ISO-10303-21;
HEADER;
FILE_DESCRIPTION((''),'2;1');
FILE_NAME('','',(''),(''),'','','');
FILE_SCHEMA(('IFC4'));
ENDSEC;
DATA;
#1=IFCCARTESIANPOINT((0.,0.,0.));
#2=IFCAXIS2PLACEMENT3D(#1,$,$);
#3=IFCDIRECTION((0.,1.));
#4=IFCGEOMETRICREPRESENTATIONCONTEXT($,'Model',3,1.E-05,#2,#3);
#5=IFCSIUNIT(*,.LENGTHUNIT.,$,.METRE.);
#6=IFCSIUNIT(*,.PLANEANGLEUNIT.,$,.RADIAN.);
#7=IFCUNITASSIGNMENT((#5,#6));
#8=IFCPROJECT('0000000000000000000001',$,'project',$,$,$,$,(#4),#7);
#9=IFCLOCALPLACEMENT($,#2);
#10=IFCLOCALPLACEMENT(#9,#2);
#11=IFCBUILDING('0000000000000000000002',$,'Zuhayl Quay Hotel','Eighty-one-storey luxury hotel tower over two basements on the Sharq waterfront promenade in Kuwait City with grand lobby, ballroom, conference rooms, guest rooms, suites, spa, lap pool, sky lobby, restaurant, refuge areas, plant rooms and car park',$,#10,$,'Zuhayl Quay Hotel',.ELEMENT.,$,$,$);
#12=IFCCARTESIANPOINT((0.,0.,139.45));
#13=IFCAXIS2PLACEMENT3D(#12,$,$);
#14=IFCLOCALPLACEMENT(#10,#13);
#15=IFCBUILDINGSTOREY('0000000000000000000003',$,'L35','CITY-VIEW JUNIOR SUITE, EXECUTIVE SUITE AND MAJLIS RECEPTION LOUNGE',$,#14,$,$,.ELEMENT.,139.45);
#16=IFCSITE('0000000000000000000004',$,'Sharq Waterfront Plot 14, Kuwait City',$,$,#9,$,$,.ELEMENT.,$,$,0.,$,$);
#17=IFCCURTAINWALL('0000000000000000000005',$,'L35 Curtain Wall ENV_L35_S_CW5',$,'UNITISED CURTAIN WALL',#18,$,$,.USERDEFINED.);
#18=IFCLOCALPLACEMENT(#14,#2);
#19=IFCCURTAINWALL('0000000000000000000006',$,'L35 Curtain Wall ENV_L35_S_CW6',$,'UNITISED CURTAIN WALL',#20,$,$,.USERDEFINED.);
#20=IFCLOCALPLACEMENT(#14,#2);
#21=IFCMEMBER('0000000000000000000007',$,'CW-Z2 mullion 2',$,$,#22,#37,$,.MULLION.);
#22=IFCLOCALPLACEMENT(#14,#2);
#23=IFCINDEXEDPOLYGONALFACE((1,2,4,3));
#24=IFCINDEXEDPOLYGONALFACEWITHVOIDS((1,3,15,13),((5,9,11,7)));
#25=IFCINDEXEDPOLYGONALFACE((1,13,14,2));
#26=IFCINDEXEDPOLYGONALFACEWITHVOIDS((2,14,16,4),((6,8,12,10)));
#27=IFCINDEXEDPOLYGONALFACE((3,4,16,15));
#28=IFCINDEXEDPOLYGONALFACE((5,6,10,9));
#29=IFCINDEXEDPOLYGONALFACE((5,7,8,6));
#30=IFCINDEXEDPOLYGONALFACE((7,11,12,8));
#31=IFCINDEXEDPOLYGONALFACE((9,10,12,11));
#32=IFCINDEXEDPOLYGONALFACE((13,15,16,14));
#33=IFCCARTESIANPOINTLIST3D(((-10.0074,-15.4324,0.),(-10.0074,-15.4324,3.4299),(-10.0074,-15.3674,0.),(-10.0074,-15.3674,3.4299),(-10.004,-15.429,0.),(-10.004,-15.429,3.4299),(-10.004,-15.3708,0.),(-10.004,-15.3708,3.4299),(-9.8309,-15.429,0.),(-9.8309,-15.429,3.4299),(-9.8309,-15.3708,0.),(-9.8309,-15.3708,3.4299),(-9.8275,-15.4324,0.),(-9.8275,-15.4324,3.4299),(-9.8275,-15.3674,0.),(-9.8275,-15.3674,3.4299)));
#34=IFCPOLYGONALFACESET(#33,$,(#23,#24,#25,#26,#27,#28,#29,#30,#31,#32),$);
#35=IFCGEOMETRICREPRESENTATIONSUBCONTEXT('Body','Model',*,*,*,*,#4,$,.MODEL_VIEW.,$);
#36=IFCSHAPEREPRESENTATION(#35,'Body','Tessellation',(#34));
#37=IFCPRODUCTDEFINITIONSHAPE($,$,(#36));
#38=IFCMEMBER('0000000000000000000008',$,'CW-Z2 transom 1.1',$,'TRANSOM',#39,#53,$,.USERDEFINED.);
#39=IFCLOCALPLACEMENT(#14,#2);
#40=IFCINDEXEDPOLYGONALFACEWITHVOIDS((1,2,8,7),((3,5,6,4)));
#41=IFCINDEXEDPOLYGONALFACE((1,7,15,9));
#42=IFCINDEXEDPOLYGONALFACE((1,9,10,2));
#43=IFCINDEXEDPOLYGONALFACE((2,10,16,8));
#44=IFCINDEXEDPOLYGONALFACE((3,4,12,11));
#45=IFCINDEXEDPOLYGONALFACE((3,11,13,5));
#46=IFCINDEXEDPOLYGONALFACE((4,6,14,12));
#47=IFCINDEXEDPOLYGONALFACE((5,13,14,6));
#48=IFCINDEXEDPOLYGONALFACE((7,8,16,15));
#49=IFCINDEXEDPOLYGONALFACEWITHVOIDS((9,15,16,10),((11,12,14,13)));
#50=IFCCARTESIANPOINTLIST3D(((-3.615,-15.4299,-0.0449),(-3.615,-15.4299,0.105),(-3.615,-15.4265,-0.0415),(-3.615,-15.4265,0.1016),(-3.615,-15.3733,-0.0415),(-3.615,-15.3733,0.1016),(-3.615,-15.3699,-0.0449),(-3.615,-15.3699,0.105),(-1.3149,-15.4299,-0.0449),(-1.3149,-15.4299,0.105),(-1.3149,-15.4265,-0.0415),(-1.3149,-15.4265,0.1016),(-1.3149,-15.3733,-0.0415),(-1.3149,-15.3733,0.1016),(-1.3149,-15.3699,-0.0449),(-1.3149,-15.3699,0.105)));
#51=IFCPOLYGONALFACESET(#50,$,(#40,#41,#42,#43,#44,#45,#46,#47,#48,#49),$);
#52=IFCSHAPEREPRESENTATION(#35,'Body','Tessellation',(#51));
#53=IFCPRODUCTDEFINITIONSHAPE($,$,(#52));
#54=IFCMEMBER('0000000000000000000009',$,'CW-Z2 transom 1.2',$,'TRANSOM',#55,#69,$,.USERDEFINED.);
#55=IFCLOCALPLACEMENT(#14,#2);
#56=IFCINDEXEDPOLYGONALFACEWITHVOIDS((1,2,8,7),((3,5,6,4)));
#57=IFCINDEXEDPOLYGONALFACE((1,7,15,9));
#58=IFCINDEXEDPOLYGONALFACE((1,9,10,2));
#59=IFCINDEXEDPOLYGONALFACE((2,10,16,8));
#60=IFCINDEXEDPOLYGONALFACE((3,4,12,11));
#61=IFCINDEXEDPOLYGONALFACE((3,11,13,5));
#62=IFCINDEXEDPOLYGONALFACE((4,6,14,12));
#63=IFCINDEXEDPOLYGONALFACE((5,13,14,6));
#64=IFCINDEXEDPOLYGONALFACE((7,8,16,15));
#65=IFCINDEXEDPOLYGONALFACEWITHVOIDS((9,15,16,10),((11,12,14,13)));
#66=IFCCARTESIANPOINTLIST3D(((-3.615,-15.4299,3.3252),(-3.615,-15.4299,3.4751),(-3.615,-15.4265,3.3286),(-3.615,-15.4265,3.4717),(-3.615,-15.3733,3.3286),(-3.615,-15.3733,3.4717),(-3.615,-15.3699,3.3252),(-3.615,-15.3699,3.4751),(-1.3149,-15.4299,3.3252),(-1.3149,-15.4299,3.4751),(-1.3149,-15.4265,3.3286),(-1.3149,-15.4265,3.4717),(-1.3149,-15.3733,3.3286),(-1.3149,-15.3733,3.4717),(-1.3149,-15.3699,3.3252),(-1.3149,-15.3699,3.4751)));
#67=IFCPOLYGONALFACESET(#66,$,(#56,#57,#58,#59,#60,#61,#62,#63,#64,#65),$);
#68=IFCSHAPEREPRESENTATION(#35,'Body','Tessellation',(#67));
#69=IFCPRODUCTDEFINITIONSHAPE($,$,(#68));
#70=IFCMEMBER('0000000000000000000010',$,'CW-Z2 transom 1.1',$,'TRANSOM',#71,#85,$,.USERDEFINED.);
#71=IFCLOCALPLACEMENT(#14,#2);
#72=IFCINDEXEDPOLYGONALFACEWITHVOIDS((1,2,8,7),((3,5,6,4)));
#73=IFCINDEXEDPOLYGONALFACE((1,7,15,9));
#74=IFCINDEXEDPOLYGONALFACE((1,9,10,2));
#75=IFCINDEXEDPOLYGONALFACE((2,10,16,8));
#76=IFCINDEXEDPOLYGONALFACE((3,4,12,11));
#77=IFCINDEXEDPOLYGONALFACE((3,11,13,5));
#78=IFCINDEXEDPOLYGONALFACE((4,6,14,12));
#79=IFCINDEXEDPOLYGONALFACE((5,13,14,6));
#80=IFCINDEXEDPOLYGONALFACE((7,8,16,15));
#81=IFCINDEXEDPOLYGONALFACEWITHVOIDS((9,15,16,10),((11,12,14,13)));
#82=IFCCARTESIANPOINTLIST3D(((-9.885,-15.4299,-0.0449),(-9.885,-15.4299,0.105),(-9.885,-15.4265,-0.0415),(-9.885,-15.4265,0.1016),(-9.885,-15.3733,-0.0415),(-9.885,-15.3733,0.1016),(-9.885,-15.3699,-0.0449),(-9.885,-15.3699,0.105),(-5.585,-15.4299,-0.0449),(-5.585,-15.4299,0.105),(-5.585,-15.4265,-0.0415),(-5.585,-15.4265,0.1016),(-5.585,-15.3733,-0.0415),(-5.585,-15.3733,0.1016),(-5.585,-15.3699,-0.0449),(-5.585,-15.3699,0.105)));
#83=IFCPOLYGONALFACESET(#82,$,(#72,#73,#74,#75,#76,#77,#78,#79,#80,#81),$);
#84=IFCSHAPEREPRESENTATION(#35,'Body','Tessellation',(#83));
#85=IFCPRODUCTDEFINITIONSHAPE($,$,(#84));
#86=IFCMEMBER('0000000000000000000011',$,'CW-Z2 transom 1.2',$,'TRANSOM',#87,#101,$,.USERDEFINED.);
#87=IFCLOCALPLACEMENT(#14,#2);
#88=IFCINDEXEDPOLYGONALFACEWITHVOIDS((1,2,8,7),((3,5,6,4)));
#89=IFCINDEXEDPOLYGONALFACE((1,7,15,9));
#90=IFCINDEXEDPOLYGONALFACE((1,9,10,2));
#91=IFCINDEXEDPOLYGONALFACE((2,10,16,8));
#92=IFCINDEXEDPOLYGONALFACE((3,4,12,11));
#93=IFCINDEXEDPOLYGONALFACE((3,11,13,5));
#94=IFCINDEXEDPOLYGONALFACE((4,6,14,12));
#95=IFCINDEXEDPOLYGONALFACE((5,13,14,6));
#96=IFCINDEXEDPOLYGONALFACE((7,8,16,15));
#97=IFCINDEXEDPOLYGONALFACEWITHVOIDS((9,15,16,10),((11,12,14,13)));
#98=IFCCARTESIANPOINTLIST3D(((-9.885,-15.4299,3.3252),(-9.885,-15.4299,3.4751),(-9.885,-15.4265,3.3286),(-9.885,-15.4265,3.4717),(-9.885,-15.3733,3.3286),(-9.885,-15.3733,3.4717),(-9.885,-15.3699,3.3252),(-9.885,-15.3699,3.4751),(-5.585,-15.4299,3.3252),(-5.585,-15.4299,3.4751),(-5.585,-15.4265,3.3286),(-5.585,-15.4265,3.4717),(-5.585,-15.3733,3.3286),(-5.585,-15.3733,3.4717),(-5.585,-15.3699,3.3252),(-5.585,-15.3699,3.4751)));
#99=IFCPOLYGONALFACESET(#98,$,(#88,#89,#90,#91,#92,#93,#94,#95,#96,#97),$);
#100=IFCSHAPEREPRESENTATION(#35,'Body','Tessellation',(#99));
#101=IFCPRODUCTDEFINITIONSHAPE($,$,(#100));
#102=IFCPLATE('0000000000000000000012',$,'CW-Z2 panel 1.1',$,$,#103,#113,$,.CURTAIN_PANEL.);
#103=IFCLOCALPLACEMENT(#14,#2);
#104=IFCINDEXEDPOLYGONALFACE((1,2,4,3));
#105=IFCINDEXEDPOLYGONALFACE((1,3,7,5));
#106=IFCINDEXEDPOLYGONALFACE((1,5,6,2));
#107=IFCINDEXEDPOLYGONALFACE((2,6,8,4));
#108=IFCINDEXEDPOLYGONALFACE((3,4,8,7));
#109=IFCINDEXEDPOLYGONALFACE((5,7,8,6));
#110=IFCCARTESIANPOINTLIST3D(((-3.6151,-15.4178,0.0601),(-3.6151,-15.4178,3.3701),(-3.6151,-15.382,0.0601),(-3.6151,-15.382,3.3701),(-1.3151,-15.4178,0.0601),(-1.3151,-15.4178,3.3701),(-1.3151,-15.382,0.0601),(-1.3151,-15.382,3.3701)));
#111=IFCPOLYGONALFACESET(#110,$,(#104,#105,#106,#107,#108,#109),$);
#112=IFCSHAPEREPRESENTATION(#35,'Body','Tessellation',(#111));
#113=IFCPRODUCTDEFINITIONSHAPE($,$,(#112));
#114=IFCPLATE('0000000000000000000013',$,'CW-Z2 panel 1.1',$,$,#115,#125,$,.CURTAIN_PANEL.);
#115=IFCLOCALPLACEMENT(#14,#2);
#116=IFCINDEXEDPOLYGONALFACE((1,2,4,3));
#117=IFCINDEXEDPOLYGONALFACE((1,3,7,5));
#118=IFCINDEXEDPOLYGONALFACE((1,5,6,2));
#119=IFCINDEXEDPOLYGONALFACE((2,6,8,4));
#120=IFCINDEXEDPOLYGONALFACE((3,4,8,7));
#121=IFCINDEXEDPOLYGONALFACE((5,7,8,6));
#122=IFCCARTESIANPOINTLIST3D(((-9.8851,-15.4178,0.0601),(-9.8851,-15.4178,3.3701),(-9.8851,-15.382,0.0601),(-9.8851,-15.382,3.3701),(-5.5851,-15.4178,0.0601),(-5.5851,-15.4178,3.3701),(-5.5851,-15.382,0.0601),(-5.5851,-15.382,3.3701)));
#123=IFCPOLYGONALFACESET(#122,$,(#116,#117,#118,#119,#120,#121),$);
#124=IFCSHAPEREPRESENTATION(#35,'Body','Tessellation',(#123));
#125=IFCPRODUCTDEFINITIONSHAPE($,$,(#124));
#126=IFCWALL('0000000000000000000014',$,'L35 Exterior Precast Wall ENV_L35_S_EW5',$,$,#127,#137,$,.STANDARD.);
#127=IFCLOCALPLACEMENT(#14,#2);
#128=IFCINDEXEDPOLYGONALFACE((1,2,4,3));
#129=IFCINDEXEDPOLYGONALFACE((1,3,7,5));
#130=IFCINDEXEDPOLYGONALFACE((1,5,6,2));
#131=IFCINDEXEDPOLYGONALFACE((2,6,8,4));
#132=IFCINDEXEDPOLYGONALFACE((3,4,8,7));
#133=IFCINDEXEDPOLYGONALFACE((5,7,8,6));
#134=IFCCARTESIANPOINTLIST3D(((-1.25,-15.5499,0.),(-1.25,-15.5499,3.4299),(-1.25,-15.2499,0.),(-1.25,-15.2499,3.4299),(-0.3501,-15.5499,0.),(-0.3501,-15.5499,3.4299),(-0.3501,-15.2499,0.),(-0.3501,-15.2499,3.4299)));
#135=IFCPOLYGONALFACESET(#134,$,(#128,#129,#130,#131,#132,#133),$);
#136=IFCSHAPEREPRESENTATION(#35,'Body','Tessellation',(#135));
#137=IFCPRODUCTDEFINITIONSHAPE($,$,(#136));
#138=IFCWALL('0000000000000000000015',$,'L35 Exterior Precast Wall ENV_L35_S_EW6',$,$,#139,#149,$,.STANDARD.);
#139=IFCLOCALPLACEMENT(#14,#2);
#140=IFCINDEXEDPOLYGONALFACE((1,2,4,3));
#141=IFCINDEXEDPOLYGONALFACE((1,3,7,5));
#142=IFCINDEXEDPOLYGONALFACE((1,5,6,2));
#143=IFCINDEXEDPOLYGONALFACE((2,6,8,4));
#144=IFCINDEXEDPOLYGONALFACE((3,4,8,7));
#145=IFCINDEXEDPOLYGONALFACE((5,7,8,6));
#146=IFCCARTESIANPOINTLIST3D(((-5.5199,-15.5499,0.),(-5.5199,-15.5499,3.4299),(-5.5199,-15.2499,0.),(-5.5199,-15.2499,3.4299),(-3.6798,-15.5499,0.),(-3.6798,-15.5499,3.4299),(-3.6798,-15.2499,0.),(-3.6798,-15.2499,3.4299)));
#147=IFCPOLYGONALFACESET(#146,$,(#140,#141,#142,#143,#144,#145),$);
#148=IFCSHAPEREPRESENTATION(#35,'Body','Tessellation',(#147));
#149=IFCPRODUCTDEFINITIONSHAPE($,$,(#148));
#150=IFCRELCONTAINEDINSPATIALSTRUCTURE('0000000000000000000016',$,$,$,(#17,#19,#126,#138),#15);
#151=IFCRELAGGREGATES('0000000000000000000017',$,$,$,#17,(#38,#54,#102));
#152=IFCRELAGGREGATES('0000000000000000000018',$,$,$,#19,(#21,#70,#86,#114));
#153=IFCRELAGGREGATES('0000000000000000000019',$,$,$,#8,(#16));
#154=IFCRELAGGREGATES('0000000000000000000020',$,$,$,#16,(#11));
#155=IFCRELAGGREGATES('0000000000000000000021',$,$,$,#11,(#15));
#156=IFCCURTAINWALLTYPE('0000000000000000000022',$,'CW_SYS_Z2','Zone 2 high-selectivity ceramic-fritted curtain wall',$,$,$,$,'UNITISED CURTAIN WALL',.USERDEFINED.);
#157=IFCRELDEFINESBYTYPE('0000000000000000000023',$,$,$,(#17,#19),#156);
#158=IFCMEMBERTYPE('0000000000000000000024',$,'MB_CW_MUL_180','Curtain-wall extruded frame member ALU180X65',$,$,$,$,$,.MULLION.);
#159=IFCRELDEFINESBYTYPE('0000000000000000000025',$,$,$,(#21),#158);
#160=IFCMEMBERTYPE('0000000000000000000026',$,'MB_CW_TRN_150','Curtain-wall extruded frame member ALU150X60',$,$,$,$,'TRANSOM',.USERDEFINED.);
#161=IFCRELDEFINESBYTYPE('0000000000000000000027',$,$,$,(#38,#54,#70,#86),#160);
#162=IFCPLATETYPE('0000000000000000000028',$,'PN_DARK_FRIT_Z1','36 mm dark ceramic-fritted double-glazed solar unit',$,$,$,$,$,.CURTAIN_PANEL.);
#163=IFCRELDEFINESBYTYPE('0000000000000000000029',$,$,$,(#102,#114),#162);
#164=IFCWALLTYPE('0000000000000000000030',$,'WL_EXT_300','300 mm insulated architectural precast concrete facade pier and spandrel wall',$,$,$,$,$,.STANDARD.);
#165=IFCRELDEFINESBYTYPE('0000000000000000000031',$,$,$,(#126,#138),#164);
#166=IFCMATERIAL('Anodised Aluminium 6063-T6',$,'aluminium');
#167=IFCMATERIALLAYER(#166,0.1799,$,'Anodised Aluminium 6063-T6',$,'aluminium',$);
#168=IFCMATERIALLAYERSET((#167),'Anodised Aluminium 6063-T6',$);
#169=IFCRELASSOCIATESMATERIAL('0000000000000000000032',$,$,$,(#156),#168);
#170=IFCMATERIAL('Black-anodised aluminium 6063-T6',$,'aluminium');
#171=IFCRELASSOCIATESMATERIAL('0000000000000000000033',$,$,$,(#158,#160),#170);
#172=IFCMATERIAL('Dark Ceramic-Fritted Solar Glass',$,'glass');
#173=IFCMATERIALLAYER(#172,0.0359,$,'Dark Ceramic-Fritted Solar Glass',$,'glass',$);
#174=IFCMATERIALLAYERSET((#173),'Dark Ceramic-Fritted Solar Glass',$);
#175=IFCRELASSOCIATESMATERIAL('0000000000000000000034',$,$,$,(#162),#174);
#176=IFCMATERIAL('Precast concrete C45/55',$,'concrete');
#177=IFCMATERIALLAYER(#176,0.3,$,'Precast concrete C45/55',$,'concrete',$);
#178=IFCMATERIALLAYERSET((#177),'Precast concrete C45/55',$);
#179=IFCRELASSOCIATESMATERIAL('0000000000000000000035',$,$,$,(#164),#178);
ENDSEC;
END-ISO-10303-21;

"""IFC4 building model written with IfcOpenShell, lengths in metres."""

from ifc_helpers import new_model, si_unit, direction, frame, frame_2d, origin, origin_2d, place, context, subcontext, project, spatial, rectangle, hollow_rectangle, extrude, material, layer, layer_set, material_profile, profile_set, type_object, element, aggregate, save


model = new_model("IFC4")

# Units and contexts
model_context = context("Model", 3, precision=1e-05, world=origin(), true_north=direction((0.0, 1.0)))
body_context = subcontext(model_context, "Body", "Model", "MODEL_VIEW")
ifc_project = project(units=[si_unit("LENGTHUNIT", "METRE"), si_unit("PLANEANGLEUNIT", "RADIAN")], contexts=[model_context])

# Site, building, storey
site_placement = place(None, origin())
site = spatial("IfcSite", under=ifc_project, at=site_placement, Name="Sharq Waterfront Plot 14, Kuwait City", CompositionType="ELEMENT", RefElevation=0.0)
building_placement = place(site_placement, origin())
building = spatial("IfcBuilding", under=site, at=building_placement, Name="Zuhayl Quay Hotel", Description="Eighty-one-storey luxury hotel tower over two basements on the Sharq waterfront promenade in Kuwait City with grand lobby, ballroom, conference rooms, guest rooms, suites, spa, lap pool, sky lobby, restaurant, refuge areas, plant rooms and car park", LongName="Zuhayl Quay Hotel", CompositionType="ELEMENT")
storey_placement = place(building_placement, frame((0.0, 0.0, 139.45)))
storey = spatial("IfcBuildingStorey", under=building, at=storey_placement, Name="L35", Description="CITY-VIEW JUNIOR SUITE, EXECUTIVE SUITE AND MAJLIS RECEPTION LOUNGE", CompositionType="ELEMENT", Elevation=139.45)

# Shared definitions
ifc_material_1 = material(Name="Anodised Aluminium 6063-T6", Category="aluminium")
ifc_layer_1 = layer(ifc_material_1, 0.1799, Name="Anodised Aluminium 6063-T6", Category="aluminium")
ifc_layer_set_1 = layer_set([ifc_layer_1], Name="Anodised Aluminium 6063-T6")
curtain_wall_type = type_object("IfcCurtainWallType", Name="CW_SYS_Z2", Description="Zone 2 high-selectivity ceramic-fritted curtain wall", ElementType="UNITISED CURTAIN WALL", PredefinedType="USERDEFINED", material=ifc_layer_set_1)
ifc_material_2 = material(Name="Black-anodised aluminium 6063-T6", Category="aluminium")
ifc_material_profile_1 = material_profile(ifc_material_2, hollow_rectangle(XDim=0.0649, YDim=0.1799, WallThickness=0.0034, at=origin_2d()), Name="ALU180X65")
ifc_profile_set_1 = profile_set([ifc_material_profile_1], Name="Black-anodised aluminium 6063-T6")
member_type_1 = type_object("IfcMemberType", Name="MB_CW_MUL_180", Description="Curtain-wall extruded frame member ALU180X65", PredefinedType="MULLION", material=ifc_profile_set_1)

# Curtain walls, member
curtain_wall_1_placement = place(storey_placement, origin())
curtain_wall_1 = element("IfcCurtainWall", 1, at=curtain_wall_1_placement, inside=storey, type_object=curtain_wall_type, Name="L35 Curtain Wall ENV_L35_S_CW5", ObjectType="UNITISED CURTAIN WALL", PredefinedType="USERDEFINED")
curtain_wall_2_placement = place(storey_placement, origin())
curtain_wall_2 = element("IfcCurtainWall", 2, at=curtain_wall_2_placement, inside=storey, type_object=curtain_wall_type, Name="L35 Curtain Wall ENV_L35_S_CW6", ObjectType="UNITISED CURTAIN WALL", PredefinedType="USERDEFINED")
member_1_placement = place(storey_placement, frame((-9.9175, -15.3999, 0.0), z_axis=(0.0, 0.0, 1.0), x_axis=(0.0, -1.0, 0.0)))
member_1 = element("IfcMember", 3, at=member_1_placement, type_object=member_type_1, Name="CW-Z2 mullion 2", PredefinedType="MULLION", context=body_context, shape_type="SweptSolid", body=[
    extrude(hollow_rectangle(XDim=0.0649, YDim=0.1799, WallThickness=0.0034, at=origin_2d()), origin(), (0.0, 0.0, 1.0), 3.4299),
])

# Members
ifc_material_profile_2 = material_profile(ifc_material_2, hollow_rectangle(XDim=0.0601, YDim=0.1499, WallThickness=0.0034, at=origin_2d()), Name="ALU150X60")
ifc_profile_set_2 = profile_set([ifc_material_profile_2], Name="Black-anodised aluminium 6063-T6")
member_type_2 = type_object("IfcMemberType", Name="MB_CW_TRN_150", Description="Curtain-wall extruded frame member ALU150X60", ElementType="TRANSOM", PredefinedType="USERDEFINED", material=ifc_profile_set_2)
member_2_placement = place(storey_placement, frame((-1.3149, -15.3999, 0.03), z_axis=(-1.0, 0.0, 0.0), x_axis=(0.0, -1.0, 0.0)))
member_2 = element("IfcMember", 4, at=member_2_placement, type_object=member_type_2, Name="CW-Z2 transom 1.1", ObjectType="TRANSOM", PredefinedType="USERDEFINED", context=body_context, shape_type="SweptSolid", body=[
    extrude(hollow_rectangle(XDim=0.0601, YDim=0.1499, WallThickness=0.0034, at=origin_2d()), origin(), (0.0, 0.0, 1.0), 2.3),
])
member_3_placement = place(storey_placement, frame((-1.3149, -15.3999, 3.4001), z_axis=(-1.0, 0.0, 0.0), x_axis=(0.0, -1.0, 0.0)))
member_3 = element("IfcMember", 5, at=member_3_placement, type_object=member_type_2, Name="CW-Z2 transom 1.2", ObjectType="TRANSOM", PredefinedType="USERDEFINED", context=body_context, shape_type="SweptSolid", body=[
    extrude(hollow_rectangle(XDim=0.0601, YDim=0.1499, WallThickness=0.0034, at=origin_2d()), origin(), (0.0, 0.0, 1.0), 2.3),
])
member_4_placement = place(storey_placement, frame((-5.585, -15.3999, 0.03), z_axis=(-1.0, 0.0, 0.0), x_axis=(0.0, -1.0, 0.0)))
member_4 = element("IfcMember", 6, at=member_4_placement, type_object=member_type_2, Name="CW-Z2 transom 1.1", ObjectType="TRANSOM", PredefinedType="USERDEFINED", context=body_context, shape_type="SweptSolid", body=[
    extrude(hollow_rectangle(XDim=0.0601, YDim=0.1499, WallThickness=0.0034, at=origin_2d()), origin(), (0.0, 0.0, 1.0), 4.3),
])
member_5_placement = place(storey_placement, frame((-5.585, -15.3999, 3.4001), z_axis=(-1.0, 0.0, 0.0), x_axis=(0.0, -1.0, 0.0)))
member_5 = element("IfcMember", 7, at=member_5_placement, type_object=member_type_2, Name="CW-Z2 transom 1.2", ObjectType="TRANSOM", PredefinedType="USERDEFINED", context=body_context, shape_type="SweptSolid", body=[
    extrude(hollow_rectangle(XDim=0.0601, YDim=0.1499, WallThickness=0.0034, at=origin_2d()), origin(), (0.0, 0.0, 1.0), 4.3),
])

# Plates
ifc_material_3 = material(Name="Dark Ceramic-Fritted Solar Glass", Category="glass")
ifc_layer_2 = layer(ifc_material_3, 0.0359, Name="Dark Ceramic-Fritted Solar Glass", Category="glass")
ifc_layer_set_2 = layer_set([ifc_layer_2], Name="Dark Ceramic-Fritted Solar Glass")
plate_type = type_object("IfcPlateType", Name="PN_DARK_FRIT_Z1", Description="36 mm dark ceramic-fritted double-glazed solar unit", PredefinedType="CURTAIN_PANEL", material=ifc_layer_set_2)
plate_1_placement = place(storey_placement, frame((-2.4651, -15.3999, 0.0601), z_axis=(0.0, 0.0, 1.0), x_axis=(-1.0, 0.0, 0.0)))
plate_1 = element("IfcPlate", 8, at=plate_1_placement, type_object=plate_type, Name="CW-Z2 panel 1.1", PredefinedType="CURTAIN_PANEL", context=body_context, shape_type="SweptSolid", body=[
    extrude(rectangle(XDim=2.3, YDim=0.0359, at=origin_2d()), origin(), (0.0, 0.0, 1.0), 3.3101),
])
aggregate(curtain_wall_1, [member_2, member_3, plate_1])
plate_2_placement = place(storey_placement, frame((-7.7351, -15.3999, 0.0601), z_axis=(0.0, 0.0, 1.0), x_axis=(-1.0, 0.0, 0.0)))
plate_2 = element("IfcPlate", 9, at=plate_2_placement, type_object=plate_type, Name="CW-Z2 panel 1.1", PredefinedType="CURTAIN_PANEL", context=body_context, shape_type="SweptSolid", body=[
    extrude(rectangle(XDim=4.3, YDim=0.0359, at=origin_2d()), origin(), (0.0, 0.0, 1.0), 3.3101),
])
aggregate(curtain_wall_2, [member_1, member_4, member_5, plate_2])

# Walls
ifc_material_4 = material(Name="Precast concrete C45/55", Category="concrete")
ifc_layer_3 = layer(ifc_material_4, 0.3, Name="Precast concrete C45/55", Category="concrete")
ifc_layer_set_3 = layer_set([ifc_layer_3], Name="Precast concrete C45/55")
wall_type_1 = type_object("IfcWallType", Name="WL_EXT_300", Description="300 mm insulated architectural precast concrete facade pier and spandrel wall", PredefinedType="STANDARD", material=ifc_layer_set_3)
wall_1_placement = place(storey_placement, frame((-0.3501, -15.3999, 0.0), z_axis=(0.0, 0.0, 1.0), x_axis=(-1.0, 0.0, 0.0)))
element("IfcWall", 10, at=wall_1_placement, inside=storey, type_object=wall_type_1, Name="L35 Exterior Precast Wall ENV_L35_S_EW5", PredefinedType="STANDARD", context=body_context, shape_type="SweptSolid", body=[
    extrude(rectangle(XDim=0.8999, YDim=0.3, at=frame_2d((0.45, 0.0))), origin(), (0.0, 0.0, 1.0), 3.4299),
])
wall_2_placement = place(storey_placement, frame((-3.6799, -15.3999, 0.0), z_axis=(0.0, 0.0, 1.0), x_axis=(-1.0, 0.0, 0.0)))
element("IfcWall", 11, at=wall_2_placement, inside=storey, type_object=wall_type_1, Name="L35 Exterior Precast Wall ENV_L35_S_EW6", PredefinedType="STANDARD", context=body_context, shape_type="SweptSolid", body=[
    extrude(rectangle(XDim=1.8401, YDim=0.3, at=frame_2d((0.9199, 0.0))), origin(), (0.0, 0.0, 1.0), 3.4299),
])

save(model, "model.ifc")
